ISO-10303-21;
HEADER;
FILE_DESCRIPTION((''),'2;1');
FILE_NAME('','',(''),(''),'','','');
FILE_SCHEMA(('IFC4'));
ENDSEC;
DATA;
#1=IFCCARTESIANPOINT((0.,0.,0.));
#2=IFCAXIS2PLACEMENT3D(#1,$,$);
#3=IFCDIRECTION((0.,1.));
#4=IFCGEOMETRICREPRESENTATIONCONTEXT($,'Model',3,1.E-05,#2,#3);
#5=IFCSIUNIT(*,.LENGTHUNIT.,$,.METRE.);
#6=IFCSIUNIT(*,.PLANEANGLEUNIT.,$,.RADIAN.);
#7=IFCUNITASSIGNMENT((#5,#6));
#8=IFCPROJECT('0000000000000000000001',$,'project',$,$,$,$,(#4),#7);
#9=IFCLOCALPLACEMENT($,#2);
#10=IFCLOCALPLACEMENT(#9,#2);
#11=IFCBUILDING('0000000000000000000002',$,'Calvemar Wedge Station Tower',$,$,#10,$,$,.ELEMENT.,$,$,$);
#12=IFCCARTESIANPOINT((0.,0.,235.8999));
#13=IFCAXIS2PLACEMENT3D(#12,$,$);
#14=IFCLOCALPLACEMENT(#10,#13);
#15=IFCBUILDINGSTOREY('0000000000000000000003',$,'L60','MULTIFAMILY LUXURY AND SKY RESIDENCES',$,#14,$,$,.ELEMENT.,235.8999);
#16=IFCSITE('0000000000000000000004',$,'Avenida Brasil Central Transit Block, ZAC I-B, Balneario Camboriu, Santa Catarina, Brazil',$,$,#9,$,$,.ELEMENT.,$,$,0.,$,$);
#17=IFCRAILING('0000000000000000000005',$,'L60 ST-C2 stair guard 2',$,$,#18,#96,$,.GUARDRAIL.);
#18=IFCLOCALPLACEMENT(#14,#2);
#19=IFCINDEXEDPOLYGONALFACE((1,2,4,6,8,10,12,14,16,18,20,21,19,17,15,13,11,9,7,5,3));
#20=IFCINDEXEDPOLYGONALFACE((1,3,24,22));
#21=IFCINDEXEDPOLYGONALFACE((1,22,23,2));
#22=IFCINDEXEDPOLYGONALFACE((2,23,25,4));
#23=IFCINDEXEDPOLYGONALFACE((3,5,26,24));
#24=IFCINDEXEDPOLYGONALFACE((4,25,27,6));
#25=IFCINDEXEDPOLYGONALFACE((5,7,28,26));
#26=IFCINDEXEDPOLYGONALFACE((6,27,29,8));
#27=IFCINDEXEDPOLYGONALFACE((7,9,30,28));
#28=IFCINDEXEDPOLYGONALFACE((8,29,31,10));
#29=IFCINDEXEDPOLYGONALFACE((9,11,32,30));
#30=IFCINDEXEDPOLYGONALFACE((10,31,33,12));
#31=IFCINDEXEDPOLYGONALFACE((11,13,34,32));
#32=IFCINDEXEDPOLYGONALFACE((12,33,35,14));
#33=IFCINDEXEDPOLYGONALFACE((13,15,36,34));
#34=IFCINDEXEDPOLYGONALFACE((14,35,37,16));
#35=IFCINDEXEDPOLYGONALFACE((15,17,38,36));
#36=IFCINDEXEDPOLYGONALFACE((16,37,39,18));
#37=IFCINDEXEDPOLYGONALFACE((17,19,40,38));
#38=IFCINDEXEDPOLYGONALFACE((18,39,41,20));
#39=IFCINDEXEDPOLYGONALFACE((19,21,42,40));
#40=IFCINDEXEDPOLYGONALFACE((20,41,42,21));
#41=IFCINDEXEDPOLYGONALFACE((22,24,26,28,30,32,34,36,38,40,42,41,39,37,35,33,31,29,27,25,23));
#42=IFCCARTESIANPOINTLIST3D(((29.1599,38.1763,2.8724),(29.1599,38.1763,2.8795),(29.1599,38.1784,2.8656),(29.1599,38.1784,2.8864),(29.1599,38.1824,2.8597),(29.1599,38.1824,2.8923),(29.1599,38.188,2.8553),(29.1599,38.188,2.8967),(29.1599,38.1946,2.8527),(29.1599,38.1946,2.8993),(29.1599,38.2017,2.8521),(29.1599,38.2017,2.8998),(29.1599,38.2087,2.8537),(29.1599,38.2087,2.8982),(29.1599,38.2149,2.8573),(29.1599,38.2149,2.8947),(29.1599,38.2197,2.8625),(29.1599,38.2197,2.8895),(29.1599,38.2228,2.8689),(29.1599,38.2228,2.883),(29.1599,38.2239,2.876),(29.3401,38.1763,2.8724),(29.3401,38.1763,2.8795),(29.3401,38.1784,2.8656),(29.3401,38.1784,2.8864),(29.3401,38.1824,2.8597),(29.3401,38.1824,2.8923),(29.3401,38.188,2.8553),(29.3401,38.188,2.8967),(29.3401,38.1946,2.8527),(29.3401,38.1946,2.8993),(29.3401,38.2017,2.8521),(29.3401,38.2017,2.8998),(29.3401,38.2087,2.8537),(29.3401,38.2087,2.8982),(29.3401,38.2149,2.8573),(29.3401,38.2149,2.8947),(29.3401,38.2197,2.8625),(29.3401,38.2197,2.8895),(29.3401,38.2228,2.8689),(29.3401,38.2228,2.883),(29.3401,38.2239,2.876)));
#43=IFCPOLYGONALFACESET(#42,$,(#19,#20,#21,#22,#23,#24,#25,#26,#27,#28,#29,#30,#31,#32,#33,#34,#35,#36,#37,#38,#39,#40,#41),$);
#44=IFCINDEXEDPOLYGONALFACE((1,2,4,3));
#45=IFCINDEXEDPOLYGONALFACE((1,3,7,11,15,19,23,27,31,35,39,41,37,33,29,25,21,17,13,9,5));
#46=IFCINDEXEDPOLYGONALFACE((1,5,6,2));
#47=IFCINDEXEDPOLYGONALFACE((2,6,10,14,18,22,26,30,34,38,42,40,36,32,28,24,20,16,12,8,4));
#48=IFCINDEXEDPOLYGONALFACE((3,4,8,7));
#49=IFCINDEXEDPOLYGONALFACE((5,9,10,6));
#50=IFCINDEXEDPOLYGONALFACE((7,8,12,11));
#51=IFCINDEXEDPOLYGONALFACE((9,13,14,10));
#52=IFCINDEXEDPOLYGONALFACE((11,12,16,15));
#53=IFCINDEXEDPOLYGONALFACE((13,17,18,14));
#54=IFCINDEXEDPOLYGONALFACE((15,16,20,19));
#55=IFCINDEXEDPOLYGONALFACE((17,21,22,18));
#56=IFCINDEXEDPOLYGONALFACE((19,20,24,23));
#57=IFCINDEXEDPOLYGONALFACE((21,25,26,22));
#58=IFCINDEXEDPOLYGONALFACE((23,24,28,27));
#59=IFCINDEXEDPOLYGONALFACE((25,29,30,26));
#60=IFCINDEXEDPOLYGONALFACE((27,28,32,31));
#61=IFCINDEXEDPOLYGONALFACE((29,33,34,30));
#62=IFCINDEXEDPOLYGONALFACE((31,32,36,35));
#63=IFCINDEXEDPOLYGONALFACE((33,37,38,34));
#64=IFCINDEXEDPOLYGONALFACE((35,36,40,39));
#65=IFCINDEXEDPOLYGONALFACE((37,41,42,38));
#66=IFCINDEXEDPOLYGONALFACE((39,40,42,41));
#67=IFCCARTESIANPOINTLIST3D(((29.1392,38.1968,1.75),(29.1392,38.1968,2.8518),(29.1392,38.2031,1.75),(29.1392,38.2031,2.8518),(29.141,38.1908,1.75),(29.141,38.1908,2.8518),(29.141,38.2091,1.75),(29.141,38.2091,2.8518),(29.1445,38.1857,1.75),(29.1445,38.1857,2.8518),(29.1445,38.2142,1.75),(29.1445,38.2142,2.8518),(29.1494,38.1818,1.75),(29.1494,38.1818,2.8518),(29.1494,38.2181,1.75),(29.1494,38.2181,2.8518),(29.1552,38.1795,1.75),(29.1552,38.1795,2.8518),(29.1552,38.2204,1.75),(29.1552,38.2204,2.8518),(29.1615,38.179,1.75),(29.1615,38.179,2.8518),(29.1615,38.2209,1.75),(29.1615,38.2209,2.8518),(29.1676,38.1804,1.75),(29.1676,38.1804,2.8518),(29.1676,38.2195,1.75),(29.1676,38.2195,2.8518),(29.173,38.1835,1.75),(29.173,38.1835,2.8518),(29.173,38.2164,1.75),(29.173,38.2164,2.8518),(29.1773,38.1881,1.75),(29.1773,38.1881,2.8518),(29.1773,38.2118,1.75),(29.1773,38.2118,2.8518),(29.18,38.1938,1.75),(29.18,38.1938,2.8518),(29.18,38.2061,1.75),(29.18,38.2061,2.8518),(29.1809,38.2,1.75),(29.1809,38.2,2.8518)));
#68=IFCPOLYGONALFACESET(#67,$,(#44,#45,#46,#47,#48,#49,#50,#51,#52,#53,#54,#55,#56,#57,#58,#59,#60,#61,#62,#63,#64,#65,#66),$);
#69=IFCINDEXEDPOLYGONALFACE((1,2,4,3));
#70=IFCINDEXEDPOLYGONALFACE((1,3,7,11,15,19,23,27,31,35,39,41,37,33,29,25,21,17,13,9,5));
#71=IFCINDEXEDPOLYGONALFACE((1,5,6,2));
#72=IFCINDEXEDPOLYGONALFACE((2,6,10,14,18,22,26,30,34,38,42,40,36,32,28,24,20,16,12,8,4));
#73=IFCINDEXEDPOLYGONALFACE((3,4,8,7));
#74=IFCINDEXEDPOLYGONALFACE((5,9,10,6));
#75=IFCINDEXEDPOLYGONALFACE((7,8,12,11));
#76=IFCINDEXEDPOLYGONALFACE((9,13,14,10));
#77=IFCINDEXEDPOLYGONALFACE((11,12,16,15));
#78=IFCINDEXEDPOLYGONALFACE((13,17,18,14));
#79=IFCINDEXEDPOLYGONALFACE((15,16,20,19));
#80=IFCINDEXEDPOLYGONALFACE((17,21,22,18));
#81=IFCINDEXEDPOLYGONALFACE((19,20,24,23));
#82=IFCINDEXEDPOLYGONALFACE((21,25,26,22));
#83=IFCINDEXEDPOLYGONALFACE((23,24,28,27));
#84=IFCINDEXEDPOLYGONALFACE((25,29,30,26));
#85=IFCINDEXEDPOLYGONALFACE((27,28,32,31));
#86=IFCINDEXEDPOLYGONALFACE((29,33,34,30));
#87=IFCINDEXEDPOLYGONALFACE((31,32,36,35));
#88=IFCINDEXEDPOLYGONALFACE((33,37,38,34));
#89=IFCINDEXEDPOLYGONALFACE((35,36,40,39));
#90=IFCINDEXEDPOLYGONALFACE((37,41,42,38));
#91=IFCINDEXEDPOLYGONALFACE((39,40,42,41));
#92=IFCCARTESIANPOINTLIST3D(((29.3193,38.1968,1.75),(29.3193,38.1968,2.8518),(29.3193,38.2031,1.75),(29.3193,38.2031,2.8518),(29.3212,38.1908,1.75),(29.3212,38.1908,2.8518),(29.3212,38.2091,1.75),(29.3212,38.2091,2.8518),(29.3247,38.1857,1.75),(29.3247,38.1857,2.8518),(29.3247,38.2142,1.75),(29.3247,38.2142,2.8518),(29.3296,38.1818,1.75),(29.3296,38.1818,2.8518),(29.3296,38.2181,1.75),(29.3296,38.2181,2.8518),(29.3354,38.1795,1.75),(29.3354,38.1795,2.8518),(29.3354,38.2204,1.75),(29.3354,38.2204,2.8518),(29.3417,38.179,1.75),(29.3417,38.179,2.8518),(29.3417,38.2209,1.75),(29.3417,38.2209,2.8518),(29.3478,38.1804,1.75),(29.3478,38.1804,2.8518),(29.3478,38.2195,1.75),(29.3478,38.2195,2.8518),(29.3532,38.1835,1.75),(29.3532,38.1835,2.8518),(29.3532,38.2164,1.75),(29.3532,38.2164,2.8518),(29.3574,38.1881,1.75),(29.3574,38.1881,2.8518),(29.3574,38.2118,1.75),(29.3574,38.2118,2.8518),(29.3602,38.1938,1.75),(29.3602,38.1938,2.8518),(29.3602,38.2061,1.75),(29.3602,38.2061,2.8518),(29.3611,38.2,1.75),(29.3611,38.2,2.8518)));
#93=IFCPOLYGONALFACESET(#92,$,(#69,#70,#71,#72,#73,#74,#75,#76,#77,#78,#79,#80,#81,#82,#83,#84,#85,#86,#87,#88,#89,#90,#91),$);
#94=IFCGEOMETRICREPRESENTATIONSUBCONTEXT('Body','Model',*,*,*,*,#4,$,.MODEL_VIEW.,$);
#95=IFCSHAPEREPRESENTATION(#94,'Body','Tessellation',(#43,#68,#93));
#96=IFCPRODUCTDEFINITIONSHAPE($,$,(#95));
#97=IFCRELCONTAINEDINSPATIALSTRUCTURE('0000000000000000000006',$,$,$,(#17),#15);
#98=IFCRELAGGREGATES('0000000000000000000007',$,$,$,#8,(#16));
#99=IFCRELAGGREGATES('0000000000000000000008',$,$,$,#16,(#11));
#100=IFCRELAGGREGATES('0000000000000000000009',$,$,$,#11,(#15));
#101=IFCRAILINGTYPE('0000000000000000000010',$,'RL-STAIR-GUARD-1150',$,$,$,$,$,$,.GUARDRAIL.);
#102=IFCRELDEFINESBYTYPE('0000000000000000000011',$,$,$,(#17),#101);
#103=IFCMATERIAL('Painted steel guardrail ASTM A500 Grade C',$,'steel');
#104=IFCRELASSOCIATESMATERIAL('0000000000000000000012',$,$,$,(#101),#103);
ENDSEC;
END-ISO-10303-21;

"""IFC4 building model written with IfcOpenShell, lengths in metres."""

from ifc_helpers import new_model, si_unit, direction, frame, origin, origin_2d, place, context, subcontext, project, spatial, circle, extrude, material, type_object, element, save


model = new_model("IFC4")

# Units and contexts
model_context = context("Model", 3, precision=1e-05, world=origin(), true_north=direction((0.0, 1.0)))
body_context = subcontext(model_context, "Body", "Model", "MODEL_VIEW")
ifc_project = project(units=[si_unit("LENGTHUNIT", "METRE"), si_unit("PLANEANGLEUNIT", "RADIAN")], contexts=[model_context])

# Site, building, storey
site_placement = place(None, origin())
site = spatial("IfcSite", under=ifc_project, at=site_placement, Name="Avenida Brasil Central Transit Block, ZAC I-B, Balneario Camboriu, Santa Catarina, Brazil", CompositionType="ELEMENT", RefElevation=0.0)
building_placement = place(site_placement, origin())
building = spatial("IfcBuilding", under=site, at=building_placement, Name="Calvemar Wedge Station Tower", CompositionType="ELEMENT")
storey_placement = place(building_placement, frame((0.0, 0.0, 235.8999)))
storey = spatial("IfcBuildingStorey", under=building, at=storey_placement, Name="L60", Description="MULTIFAMILY LUXURY AND SKY RESIDENCES", CompositionType="ELEMENT", Elevation=235.8999)

# Railing
ifc_material_1 = material(Name="Painted steel guardrail ASTM A500 Grade C", Category="steel")
railing_type_1 = type_object("IfcRailingType", Name="RL-STAIR-GUARD-1150", PredefinedType="GUARDRAIL", material=ifc_material_1)
railing_1_placement = place(storey_placement, frame((29.1599, 38.2, 1.75)))
element("IfcRailing", 1, at=railing_1_placement, inside=storey, type_object=railing_type_1, Name="L60 ST-C2 stair guard 2", PredefinedType="GUARDRAIL", context=body_context, shape_type="SweptSolid", body=[
    extrude(circle(Radius=0.0239, at=origin_2d()), frame((0.0, 0.0, 1.126), z_axis=(1.0, 0.0, 0.0), x_axis=(0.0, 1.0, 0.0)), (0.0, 0.0, 1.0), 0.1802),
    extrude(circle(Radius=0.021, at=origin_2d()), origin(), (0.0, 0.0, 1.0), 1.1018),
    extrude(circle(Radius=0.021, at=origin_2d()), frame((0.1802, 0.0, 0.0)), (0.0, 0.0, 1.0), 1.1018),
])

save(model, "model.ifc")
